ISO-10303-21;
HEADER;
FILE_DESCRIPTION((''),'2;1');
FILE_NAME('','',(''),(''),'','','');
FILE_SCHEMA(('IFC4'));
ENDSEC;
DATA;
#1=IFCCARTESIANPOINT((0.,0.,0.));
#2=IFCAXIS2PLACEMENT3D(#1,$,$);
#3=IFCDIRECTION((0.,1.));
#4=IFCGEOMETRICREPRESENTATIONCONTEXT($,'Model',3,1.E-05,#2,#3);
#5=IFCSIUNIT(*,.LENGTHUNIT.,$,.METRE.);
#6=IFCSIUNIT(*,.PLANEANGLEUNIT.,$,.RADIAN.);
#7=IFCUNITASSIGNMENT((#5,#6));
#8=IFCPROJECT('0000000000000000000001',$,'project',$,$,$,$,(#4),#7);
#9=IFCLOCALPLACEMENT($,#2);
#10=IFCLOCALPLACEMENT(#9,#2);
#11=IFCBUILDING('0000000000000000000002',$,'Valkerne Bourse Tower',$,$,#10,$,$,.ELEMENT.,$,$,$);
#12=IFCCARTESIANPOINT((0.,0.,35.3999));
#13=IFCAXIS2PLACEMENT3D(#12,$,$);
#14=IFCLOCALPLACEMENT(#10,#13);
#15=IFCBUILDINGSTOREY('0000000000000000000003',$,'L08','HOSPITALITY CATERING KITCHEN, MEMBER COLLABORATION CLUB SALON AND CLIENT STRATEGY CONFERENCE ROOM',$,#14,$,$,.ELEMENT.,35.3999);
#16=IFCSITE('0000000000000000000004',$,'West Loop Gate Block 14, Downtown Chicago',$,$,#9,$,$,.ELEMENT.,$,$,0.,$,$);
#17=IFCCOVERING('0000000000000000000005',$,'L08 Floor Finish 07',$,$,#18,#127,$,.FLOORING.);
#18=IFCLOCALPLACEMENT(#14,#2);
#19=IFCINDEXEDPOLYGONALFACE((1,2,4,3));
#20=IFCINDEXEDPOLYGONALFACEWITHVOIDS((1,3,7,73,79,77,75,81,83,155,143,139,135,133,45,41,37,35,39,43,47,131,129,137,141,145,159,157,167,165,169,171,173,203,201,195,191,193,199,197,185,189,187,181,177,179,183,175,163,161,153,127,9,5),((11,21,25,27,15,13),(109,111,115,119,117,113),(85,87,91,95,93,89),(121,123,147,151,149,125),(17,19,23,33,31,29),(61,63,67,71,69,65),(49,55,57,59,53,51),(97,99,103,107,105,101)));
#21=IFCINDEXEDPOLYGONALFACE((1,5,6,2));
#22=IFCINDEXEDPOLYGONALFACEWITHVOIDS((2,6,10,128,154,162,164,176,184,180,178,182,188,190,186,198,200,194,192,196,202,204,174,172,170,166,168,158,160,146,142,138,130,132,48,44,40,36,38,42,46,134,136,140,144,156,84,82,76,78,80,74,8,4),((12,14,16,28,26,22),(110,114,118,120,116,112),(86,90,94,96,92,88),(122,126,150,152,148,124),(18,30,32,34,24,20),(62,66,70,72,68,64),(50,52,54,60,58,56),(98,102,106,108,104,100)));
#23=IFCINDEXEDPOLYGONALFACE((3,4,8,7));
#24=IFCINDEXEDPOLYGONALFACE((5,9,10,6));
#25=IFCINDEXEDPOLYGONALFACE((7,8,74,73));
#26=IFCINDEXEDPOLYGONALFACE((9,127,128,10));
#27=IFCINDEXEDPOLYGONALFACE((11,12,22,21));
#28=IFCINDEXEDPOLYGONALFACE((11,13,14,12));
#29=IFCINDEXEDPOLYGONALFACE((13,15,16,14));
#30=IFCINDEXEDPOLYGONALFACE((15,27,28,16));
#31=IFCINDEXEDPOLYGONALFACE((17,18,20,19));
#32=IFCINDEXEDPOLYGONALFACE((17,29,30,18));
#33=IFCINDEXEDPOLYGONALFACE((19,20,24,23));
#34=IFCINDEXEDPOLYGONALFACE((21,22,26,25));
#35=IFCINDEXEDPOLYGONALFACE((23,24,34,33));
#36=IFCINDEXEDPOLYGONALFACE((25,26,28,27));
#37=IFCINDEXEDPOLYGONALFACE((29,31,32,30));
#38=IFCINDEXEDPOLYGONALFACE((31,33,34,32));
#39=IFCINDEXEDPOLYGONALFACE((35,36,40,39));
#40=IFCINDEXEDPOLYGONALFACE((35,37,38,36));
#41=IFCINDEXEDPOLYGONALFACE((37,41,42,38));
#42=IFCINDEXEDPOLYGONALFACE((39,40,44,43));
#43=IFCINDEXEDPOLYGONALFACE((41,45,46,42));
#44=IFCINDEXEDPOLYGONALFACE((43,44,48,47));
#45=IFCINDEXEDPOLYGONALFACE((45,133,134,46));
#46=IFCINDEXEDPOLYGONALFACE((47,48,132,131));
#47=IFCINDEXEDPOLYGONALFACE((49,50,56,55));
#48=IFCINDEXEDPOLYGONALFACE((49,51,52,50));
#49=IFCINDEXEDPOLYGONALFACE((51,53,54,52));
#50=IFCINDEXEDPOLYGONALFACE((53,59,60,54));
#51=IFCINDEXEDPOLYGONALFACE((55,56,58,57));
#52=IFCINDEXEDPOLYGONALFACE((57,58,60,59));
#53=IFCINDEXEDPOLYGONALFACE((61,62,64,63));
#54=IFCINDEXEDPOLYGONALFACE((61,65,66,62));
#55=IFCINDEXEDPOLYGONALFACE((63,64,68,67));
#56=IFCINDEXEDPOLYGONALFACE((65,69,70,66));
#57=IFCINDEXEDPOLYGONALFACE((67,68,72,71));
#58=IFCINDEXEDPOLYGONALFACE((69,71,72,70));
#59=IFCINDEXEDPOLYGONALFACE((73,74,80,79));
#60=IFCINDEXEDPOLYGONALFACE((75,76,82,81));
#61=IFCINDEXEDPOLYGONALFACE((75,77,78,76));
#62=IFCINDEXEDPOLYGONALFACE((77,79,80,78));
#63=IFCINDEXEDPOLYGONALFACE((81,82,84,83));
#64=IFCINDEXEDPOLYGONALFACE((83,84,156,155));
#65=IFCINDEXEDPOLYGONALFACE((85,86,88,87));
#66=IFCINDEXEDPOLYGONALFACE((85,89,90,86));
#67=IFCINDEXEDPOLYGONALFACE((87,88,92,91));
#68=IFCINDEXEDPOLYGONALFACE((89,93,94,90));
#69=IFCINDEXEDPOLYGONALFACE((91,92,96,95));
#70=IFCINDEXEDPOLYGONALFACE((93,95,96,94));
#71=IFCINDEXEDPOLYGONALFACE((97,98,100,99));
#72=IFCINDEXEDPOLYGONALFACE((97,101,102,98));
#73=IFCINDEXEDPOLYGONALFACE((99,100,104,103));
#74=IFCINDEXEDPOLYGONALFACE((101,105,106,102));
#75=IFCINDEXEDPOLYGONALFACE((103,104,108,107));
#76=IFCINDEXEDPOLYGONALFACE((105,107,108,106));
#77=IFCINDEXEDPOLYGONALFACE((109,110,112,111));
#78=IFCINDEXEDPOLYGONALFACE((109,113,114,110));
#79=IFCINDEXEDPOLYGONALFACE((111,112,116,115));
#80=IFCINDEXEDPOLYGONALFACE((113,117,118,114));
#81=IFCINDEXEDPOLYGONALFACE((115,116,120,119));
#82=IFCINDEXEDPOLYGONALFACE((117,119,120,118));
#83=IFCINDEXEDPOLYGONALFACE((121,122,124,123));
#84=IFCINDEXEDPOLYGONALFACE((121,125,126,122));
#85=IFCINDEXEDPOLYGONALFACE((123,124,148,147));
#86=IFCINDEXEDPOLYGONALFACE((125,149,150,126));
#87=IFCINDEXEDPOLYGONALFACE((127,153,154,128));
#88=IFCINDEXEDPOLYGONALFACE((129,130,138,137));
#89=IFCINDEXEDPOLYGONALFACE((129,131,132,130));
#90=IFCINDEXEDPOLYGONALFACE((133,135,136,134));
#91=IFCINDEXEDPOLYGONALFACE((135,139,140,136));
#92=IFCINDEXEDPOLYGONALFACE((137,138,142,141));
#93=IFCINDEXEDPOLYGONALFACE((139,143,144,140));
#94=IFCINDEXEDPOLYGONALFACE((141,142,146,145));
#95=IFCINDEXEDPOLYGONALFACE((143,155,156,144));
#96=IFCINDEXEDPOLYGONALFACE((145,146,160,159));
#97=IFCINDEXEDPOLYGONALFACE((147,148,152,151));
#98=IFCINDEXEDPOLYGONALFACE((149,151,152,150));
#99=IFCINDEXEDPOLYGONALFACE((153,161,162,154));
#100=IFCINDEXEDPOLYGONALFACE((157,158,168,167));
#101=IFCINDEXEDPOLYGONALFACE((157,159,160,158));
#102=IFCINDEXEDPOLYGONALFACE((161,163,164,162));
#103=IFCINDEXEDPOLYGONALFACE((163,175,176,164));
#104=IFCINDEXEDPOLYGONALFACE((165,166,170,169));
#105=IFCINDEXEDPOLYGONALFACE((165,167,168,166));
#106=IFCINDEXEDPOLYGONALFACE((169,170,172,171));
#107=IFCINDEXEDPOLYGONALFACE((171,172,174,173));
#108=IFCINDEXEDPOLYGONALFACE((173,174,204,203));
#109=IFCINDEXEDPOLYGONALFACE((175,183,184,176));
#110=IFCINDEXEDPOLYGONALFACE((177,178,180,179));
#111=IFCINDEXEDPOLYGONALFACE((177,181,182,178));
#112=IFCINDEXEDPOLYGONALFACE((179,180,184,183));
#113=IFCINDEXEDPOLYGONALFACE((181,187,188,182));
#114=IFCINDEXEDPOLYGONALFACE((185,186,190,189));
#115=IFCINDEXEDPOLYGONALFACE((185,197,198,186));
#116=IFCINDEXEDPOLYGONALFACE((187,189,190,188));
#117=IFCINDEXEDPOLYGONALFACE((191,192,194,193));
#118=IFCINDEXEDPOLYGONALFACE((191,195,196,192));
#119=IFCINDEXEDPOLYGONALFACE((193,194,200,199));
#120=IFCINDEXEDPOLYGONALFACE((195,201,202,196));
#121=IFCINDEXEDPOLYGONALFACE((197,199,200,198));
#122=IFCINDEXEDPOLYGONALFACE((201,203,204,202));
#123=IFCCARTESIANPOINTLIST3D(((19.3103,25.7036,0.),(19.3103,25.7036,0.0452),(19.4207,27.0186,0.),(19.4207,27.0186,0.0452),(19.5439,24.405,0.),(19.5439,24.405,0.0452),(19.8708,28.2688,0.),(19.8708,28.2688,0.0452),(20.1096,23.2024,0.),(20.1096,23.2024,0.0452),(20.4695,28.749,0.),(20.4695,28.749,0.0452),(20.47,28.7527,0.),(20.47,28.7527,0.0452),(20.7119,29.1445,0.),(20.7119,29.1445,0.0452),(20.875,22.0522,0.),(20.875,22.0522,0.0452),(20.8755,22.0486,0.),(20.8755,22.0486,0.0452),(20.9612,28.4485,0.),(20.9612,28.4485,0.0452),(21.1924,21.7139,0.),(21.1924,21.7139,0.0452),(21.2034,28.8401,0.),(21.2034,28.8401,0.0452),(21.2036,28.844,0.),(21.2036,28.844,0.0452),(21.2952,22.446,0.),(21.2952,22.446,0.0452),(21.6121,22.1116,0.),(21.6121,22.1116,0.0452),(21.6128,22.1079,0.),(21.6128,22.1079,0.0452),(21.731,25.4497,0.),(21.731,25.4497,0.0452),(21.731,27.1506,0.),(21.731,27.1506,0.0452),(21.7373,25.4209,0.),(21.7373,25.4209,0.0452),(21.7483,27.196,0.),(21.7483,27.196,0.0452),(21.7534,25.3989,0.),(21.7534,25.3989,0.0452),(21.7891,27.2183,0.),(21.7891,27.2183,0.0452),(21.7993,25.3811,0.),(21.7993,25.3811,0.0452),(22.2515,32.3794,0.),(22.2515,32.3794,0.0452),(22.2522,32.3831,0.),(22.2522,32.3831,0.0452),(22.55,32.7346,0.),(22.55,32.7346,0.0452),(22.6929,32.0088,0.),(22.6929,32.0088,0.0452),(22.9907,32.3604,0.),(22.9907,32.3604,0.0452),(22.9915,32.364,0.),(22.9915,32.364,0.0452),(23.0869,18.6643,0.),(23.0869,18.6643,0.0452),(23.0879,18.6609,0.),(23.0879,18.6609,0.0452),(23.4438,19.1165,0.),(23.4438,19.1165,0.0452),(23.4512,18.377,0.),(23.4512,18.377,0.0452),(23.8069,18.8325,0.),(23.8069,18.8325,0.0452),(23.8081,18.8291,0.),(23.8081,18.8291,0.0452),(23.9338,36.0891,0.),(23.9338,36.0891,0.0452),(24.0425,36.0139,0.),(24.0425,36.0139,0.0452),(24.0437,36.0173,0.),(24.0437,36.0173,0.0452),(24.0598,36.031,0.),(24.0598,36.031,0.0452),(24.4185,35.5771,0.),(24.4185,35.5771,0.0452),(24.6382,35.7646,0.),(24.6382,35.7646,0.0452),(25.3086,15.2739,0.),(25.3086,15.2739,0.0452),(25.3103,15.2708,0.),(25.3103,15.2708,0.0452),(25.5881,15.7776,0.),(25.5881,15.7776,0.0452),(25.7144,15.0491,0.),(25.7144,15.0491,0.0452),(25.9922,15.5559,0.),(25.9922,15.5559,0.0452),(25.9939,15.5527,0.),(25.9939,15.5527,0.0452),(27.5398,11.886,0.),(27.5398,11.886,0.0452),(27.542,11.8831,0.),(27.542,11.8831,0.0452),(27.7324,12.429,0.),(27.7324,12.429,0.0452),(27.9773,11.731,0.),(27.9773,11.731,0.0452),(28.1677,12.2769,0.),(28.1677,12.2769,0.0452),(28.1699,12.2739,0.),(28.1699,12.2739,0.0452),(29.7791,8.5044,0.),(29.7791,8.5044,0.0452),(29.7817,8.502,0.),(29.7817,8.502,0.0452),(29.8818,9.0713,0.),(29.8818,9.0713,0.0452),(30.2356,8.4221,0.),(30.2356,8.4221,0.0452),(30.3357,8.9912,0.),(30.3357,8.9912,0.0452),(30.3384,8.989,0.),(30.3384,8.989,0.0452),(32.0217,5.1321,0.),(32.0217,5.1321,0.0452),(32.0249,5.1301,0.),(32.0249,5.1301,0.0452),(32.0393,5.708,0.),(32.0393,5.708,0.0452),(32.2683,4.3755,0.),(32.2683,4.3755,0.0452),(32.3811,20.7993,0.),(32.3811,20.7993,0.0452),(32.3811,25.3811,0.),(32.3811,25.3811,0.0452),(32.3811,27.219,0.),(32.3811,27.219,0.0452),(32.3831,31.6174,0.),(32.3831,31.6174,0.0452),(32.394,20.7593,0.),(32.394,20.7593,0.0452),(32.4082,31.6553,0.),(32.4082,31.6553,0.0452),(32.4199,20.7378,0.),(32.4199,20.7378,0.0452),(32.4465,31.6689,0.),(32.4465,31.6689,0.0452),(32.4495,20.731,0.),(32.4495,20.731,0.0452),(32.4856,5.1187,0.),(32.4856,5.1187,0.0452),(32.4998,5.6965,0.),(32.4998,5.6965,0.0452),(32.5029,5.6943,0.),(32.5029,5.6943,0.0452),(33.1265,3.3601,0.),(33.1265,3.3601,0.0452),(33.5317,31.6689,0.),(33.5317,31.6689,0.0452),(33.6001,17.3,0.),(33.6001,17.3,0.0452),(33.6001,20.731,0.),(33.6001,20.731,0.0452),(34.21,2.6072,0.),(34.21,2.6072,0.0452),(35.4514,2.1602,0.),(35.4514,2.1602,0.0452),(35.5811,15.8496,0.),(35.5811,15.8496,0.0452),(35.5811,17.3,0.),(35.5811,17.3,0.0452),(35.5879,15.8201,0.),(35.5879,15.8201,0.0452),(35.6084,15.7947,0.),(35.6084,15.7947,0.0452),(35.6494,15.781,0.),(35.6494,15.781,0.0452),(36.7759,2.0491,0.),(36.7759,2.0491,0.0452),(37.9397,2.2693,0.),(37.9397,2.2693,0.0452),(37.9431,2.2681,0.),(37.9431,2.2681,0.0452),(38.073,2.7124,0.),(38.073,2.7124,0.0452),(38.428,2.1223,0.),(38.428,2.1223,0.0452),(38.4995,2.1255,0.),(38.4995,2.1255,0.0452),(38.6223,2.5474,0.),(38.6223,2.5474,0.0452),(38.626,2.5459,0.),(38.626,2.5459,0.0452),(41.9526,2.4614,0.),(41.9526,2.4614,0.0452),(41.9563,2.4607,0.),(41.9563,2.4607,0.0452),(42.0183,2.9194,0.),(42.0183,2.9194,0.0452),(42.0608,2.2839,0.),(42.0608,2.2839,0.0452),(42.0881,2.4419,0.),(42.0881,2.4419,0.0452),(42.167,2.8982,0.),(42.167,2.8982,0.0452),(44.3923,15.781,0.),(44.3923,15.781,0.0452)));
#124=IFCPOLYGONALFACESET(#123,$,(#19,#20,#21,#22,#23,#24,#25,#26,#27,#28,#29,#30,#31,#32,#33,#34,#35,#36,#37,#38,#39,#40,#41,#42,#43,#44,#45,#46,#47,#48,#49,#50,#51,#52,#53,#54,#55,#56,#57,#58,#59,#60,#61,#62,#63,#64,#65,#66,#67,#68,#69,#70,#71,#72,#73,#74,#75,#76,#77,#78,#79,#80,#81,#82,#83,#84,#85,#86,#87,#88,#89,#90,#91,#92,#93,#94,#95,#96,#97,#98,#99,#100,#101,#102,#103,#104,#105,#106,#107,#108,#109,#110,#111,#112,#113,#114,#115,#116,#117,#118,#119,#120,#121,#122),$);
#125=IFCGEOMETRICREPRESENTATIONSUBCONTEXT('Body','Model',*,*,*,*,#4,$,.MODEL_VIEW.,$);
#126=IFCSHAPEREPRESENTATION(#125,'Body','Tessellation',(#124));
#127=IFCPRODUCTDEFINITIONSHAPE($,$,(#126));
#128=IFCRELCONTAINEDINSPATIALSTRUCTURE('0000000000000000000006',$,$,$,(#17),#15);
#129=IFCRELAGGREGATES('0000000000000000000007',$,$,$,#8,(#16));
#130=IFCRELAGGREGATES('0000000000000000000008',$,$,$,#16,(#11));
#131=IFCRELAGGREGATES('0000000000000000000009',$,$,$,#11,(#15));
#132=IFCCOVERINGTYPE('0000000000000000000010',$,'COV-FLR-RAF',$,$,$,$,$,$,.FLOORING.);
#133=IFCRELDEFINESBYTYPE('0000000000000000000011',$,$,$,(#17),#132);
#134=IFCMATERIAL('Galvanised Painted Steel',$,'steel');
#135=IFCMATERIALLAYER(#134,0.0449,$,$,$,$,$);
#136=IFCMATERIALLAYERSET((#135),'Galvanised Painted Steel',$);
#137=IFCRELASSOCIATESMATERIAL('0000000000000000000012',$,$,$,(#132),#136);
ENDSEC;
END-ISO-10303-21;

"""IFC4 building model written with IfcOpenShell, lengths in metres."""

from ifc_helpers import new_model, si_unit, direction, frame, origin, place, context, subcontext, project, spatial, polyline, outline, extrude, material, layer, layer_set, type_object, element, save


model = new_model("IFC4")

# Units and contexts
model_context = context("Model", 3, precision=1e-05, world=origin(), true_north=direction((0.0, 1.0)))
body_context = subcontext(model_context, "Body", "Model", "MODEL_VIEW")
ifc_project = project(units=[si_unit("LENGTHUNIT", "METRE"), si_unit("PLANEANGLEUNIT", "RADIAN")], contexts=[model_context])

# Site, building, storey
site_placement = place(None, origin())
site = spatial("IfcSite", under=ifc_project, at=site_placement, Name="West Loop Gate Block 14, Downtown Chicago", CompositionType="ELEMENT", RefElevation=0.0)
building_placement = place(site_placement, origin())
building = spatial("IfcBuilding", under=site, at=building_placement, Name="Valkerne Bourse Tower", CompositionType="ELEMENT")
storey_placement = place(building_placement, frame((0.0, 0.0, 35.3999)))
storey = spatial("IfcBuildingStorey", under=building, at=storey_placement, Name="L08", Description="HOSPITALITY CATERING KITCHEN, MEMBER COLLABORATION CLUB SALON AND CLIENT STRATEGY CONFERENCE ROOM", CompositionType="ELEMENT", Elevation=35.3999)

# Covering
ifc_material_1 = material(Name="Galvanised Painted Steel", Category="steel")
ifc_layer_1 = layer(ifc_material_1, 0.0449)
ifc_layer_set_1 = layer_set([ifc_layer_1], Name="Galvanised Painted Steel")
covering_type_1 = type_object("IfcCoveringType", Name="COV-FLR-RAF", PredefinedType="FLOORING", material=ifc_layer_set_1)
covering_1_placement = place(storey_placement, origin())
element("IfcCovering", 1, at=covering_1_placement, inside=storey, type_object=covering_type_1, Name="L08 Floor Finish 07", PredefinedType="FLOORING", context=body_context, shape_type="SweptSolid", body=[
    extrude(outline(polyline([(34.21, 2.6072), (33.1265, 3.3601), (32.2683, 4.3755), (20.1096, 23.2024), (19.5439, 24.405), (19.3103, 25.7036), (19.4207, 27.0186), (19.8708, 28.2688), (23.9338, 36.0891), (24.0598, 36.031), (24.0437, 36.0173), (24.0425, 36.0139), (24.4185, 35.5771), (24.6382, 35.7646), (33.5317, 31.6689), (32.4465, 31.6689), (32.4082, 31.6553), (32.3831, 31.6174), (32.3811, 27.219), (21.7891, 27.2183), (21.7483, 27.196), (21.731, 27.1506), (21.731, 25.4497), (21.7373, 25.4209), (21.7534, 25.3989), (21.7993, 25.3811), (32.3811, 25.3811), (32.3811, 20.7993), (32.394, 20.7593), (32.4199, 20.7378), (32.4495, 20.731), (33.6001, 20.731), (33.6001, 17.3), (35.5811, 17.3), (35.5811, 15.8496), (35.5879, 15.8201), (35.6084, 15.7947), (35.6494, 15.781), (44.3923, 15.781), (42.167, 2.8982), (42.0183, 2.9194), (41.9526, 2.4614), (41.9563, 2.4607), (42.0881, 2.4419), (42.0608, 2.2839), (38.4995, 2.1255), (38.626, 2.5459), (38.6223, 2.5474), (38.073, 2.7124), (37.9397, 2.2693), (37.9431, 2.2681), (38.428, 2.1223), (36.7759, 2.0491), (35.4514, 2.1602), (34.21, 2.6072)]), holes=[polyline([(32.4998, 5.6965), (32.0393, 5.708), (32.0217, 5.1321), (32.0249, 5.1301), (32.4856, 5.1187), (32.5029, 5.6943), (32.4998, 5.6965)]), polyline([(30.3357, 8.9912), (29.8818, 9.0713), (29.7791, 8.5044), (29.7817, 8.502), (30.2356, 8.4221), (30.3384, 8.989), (30.3357, 8.9912)]), polyline([(28.1699, 12.2739), (28.1677, 12.2769), (27.7324, 12.429), (27.5398, 11.886), (27.542, 11.8831), (27.9773, 11.731), (28.1699, 12.2739)]), polyline([(25.9939, 15.5527), (25.9922, 15.5559), (25.5881, 15.7776), (25.3086, 15.2739), (25.3103, 15.2708), (25.7144, 15.0491), (25.9939, 15.5527)]), polyline([(23.8069, 18.8325), (23.4438, 19.1165), (23.0869, 18.6643), (23.0879, 18.6609), (23.4512, 18.377), (23.8081, 18.8291), (23.8069, 18.8325)]), polyline([(21.6128, 22.1079), (21.6121, 22.1116), (21.2952, 22.446), (20.875, 22.0522), (20.8755, 22.0486), (21.1924, 21.7139), (21.6128, 22.1079)]), polyline([(21.2036, 28.844), (20.7119, 29.1445), (20.47, 28.7527), (20.4695, 28.749), (20.9612, 28.4485), (21.2034, 28.8401), (21.2036, 28.844)]), polyline([(22.9907, 32.3604), (22.9915, 32.364), (22.55, 32.7346), (22.2522, 32.3831), (22.2515, 32.3794), (22.6929, 32.0088), (22.9907, 32.3604)])]), origin(), (0.0, 0.0, 1.0), 0.0452),
])

save(model, "model.ifc")
